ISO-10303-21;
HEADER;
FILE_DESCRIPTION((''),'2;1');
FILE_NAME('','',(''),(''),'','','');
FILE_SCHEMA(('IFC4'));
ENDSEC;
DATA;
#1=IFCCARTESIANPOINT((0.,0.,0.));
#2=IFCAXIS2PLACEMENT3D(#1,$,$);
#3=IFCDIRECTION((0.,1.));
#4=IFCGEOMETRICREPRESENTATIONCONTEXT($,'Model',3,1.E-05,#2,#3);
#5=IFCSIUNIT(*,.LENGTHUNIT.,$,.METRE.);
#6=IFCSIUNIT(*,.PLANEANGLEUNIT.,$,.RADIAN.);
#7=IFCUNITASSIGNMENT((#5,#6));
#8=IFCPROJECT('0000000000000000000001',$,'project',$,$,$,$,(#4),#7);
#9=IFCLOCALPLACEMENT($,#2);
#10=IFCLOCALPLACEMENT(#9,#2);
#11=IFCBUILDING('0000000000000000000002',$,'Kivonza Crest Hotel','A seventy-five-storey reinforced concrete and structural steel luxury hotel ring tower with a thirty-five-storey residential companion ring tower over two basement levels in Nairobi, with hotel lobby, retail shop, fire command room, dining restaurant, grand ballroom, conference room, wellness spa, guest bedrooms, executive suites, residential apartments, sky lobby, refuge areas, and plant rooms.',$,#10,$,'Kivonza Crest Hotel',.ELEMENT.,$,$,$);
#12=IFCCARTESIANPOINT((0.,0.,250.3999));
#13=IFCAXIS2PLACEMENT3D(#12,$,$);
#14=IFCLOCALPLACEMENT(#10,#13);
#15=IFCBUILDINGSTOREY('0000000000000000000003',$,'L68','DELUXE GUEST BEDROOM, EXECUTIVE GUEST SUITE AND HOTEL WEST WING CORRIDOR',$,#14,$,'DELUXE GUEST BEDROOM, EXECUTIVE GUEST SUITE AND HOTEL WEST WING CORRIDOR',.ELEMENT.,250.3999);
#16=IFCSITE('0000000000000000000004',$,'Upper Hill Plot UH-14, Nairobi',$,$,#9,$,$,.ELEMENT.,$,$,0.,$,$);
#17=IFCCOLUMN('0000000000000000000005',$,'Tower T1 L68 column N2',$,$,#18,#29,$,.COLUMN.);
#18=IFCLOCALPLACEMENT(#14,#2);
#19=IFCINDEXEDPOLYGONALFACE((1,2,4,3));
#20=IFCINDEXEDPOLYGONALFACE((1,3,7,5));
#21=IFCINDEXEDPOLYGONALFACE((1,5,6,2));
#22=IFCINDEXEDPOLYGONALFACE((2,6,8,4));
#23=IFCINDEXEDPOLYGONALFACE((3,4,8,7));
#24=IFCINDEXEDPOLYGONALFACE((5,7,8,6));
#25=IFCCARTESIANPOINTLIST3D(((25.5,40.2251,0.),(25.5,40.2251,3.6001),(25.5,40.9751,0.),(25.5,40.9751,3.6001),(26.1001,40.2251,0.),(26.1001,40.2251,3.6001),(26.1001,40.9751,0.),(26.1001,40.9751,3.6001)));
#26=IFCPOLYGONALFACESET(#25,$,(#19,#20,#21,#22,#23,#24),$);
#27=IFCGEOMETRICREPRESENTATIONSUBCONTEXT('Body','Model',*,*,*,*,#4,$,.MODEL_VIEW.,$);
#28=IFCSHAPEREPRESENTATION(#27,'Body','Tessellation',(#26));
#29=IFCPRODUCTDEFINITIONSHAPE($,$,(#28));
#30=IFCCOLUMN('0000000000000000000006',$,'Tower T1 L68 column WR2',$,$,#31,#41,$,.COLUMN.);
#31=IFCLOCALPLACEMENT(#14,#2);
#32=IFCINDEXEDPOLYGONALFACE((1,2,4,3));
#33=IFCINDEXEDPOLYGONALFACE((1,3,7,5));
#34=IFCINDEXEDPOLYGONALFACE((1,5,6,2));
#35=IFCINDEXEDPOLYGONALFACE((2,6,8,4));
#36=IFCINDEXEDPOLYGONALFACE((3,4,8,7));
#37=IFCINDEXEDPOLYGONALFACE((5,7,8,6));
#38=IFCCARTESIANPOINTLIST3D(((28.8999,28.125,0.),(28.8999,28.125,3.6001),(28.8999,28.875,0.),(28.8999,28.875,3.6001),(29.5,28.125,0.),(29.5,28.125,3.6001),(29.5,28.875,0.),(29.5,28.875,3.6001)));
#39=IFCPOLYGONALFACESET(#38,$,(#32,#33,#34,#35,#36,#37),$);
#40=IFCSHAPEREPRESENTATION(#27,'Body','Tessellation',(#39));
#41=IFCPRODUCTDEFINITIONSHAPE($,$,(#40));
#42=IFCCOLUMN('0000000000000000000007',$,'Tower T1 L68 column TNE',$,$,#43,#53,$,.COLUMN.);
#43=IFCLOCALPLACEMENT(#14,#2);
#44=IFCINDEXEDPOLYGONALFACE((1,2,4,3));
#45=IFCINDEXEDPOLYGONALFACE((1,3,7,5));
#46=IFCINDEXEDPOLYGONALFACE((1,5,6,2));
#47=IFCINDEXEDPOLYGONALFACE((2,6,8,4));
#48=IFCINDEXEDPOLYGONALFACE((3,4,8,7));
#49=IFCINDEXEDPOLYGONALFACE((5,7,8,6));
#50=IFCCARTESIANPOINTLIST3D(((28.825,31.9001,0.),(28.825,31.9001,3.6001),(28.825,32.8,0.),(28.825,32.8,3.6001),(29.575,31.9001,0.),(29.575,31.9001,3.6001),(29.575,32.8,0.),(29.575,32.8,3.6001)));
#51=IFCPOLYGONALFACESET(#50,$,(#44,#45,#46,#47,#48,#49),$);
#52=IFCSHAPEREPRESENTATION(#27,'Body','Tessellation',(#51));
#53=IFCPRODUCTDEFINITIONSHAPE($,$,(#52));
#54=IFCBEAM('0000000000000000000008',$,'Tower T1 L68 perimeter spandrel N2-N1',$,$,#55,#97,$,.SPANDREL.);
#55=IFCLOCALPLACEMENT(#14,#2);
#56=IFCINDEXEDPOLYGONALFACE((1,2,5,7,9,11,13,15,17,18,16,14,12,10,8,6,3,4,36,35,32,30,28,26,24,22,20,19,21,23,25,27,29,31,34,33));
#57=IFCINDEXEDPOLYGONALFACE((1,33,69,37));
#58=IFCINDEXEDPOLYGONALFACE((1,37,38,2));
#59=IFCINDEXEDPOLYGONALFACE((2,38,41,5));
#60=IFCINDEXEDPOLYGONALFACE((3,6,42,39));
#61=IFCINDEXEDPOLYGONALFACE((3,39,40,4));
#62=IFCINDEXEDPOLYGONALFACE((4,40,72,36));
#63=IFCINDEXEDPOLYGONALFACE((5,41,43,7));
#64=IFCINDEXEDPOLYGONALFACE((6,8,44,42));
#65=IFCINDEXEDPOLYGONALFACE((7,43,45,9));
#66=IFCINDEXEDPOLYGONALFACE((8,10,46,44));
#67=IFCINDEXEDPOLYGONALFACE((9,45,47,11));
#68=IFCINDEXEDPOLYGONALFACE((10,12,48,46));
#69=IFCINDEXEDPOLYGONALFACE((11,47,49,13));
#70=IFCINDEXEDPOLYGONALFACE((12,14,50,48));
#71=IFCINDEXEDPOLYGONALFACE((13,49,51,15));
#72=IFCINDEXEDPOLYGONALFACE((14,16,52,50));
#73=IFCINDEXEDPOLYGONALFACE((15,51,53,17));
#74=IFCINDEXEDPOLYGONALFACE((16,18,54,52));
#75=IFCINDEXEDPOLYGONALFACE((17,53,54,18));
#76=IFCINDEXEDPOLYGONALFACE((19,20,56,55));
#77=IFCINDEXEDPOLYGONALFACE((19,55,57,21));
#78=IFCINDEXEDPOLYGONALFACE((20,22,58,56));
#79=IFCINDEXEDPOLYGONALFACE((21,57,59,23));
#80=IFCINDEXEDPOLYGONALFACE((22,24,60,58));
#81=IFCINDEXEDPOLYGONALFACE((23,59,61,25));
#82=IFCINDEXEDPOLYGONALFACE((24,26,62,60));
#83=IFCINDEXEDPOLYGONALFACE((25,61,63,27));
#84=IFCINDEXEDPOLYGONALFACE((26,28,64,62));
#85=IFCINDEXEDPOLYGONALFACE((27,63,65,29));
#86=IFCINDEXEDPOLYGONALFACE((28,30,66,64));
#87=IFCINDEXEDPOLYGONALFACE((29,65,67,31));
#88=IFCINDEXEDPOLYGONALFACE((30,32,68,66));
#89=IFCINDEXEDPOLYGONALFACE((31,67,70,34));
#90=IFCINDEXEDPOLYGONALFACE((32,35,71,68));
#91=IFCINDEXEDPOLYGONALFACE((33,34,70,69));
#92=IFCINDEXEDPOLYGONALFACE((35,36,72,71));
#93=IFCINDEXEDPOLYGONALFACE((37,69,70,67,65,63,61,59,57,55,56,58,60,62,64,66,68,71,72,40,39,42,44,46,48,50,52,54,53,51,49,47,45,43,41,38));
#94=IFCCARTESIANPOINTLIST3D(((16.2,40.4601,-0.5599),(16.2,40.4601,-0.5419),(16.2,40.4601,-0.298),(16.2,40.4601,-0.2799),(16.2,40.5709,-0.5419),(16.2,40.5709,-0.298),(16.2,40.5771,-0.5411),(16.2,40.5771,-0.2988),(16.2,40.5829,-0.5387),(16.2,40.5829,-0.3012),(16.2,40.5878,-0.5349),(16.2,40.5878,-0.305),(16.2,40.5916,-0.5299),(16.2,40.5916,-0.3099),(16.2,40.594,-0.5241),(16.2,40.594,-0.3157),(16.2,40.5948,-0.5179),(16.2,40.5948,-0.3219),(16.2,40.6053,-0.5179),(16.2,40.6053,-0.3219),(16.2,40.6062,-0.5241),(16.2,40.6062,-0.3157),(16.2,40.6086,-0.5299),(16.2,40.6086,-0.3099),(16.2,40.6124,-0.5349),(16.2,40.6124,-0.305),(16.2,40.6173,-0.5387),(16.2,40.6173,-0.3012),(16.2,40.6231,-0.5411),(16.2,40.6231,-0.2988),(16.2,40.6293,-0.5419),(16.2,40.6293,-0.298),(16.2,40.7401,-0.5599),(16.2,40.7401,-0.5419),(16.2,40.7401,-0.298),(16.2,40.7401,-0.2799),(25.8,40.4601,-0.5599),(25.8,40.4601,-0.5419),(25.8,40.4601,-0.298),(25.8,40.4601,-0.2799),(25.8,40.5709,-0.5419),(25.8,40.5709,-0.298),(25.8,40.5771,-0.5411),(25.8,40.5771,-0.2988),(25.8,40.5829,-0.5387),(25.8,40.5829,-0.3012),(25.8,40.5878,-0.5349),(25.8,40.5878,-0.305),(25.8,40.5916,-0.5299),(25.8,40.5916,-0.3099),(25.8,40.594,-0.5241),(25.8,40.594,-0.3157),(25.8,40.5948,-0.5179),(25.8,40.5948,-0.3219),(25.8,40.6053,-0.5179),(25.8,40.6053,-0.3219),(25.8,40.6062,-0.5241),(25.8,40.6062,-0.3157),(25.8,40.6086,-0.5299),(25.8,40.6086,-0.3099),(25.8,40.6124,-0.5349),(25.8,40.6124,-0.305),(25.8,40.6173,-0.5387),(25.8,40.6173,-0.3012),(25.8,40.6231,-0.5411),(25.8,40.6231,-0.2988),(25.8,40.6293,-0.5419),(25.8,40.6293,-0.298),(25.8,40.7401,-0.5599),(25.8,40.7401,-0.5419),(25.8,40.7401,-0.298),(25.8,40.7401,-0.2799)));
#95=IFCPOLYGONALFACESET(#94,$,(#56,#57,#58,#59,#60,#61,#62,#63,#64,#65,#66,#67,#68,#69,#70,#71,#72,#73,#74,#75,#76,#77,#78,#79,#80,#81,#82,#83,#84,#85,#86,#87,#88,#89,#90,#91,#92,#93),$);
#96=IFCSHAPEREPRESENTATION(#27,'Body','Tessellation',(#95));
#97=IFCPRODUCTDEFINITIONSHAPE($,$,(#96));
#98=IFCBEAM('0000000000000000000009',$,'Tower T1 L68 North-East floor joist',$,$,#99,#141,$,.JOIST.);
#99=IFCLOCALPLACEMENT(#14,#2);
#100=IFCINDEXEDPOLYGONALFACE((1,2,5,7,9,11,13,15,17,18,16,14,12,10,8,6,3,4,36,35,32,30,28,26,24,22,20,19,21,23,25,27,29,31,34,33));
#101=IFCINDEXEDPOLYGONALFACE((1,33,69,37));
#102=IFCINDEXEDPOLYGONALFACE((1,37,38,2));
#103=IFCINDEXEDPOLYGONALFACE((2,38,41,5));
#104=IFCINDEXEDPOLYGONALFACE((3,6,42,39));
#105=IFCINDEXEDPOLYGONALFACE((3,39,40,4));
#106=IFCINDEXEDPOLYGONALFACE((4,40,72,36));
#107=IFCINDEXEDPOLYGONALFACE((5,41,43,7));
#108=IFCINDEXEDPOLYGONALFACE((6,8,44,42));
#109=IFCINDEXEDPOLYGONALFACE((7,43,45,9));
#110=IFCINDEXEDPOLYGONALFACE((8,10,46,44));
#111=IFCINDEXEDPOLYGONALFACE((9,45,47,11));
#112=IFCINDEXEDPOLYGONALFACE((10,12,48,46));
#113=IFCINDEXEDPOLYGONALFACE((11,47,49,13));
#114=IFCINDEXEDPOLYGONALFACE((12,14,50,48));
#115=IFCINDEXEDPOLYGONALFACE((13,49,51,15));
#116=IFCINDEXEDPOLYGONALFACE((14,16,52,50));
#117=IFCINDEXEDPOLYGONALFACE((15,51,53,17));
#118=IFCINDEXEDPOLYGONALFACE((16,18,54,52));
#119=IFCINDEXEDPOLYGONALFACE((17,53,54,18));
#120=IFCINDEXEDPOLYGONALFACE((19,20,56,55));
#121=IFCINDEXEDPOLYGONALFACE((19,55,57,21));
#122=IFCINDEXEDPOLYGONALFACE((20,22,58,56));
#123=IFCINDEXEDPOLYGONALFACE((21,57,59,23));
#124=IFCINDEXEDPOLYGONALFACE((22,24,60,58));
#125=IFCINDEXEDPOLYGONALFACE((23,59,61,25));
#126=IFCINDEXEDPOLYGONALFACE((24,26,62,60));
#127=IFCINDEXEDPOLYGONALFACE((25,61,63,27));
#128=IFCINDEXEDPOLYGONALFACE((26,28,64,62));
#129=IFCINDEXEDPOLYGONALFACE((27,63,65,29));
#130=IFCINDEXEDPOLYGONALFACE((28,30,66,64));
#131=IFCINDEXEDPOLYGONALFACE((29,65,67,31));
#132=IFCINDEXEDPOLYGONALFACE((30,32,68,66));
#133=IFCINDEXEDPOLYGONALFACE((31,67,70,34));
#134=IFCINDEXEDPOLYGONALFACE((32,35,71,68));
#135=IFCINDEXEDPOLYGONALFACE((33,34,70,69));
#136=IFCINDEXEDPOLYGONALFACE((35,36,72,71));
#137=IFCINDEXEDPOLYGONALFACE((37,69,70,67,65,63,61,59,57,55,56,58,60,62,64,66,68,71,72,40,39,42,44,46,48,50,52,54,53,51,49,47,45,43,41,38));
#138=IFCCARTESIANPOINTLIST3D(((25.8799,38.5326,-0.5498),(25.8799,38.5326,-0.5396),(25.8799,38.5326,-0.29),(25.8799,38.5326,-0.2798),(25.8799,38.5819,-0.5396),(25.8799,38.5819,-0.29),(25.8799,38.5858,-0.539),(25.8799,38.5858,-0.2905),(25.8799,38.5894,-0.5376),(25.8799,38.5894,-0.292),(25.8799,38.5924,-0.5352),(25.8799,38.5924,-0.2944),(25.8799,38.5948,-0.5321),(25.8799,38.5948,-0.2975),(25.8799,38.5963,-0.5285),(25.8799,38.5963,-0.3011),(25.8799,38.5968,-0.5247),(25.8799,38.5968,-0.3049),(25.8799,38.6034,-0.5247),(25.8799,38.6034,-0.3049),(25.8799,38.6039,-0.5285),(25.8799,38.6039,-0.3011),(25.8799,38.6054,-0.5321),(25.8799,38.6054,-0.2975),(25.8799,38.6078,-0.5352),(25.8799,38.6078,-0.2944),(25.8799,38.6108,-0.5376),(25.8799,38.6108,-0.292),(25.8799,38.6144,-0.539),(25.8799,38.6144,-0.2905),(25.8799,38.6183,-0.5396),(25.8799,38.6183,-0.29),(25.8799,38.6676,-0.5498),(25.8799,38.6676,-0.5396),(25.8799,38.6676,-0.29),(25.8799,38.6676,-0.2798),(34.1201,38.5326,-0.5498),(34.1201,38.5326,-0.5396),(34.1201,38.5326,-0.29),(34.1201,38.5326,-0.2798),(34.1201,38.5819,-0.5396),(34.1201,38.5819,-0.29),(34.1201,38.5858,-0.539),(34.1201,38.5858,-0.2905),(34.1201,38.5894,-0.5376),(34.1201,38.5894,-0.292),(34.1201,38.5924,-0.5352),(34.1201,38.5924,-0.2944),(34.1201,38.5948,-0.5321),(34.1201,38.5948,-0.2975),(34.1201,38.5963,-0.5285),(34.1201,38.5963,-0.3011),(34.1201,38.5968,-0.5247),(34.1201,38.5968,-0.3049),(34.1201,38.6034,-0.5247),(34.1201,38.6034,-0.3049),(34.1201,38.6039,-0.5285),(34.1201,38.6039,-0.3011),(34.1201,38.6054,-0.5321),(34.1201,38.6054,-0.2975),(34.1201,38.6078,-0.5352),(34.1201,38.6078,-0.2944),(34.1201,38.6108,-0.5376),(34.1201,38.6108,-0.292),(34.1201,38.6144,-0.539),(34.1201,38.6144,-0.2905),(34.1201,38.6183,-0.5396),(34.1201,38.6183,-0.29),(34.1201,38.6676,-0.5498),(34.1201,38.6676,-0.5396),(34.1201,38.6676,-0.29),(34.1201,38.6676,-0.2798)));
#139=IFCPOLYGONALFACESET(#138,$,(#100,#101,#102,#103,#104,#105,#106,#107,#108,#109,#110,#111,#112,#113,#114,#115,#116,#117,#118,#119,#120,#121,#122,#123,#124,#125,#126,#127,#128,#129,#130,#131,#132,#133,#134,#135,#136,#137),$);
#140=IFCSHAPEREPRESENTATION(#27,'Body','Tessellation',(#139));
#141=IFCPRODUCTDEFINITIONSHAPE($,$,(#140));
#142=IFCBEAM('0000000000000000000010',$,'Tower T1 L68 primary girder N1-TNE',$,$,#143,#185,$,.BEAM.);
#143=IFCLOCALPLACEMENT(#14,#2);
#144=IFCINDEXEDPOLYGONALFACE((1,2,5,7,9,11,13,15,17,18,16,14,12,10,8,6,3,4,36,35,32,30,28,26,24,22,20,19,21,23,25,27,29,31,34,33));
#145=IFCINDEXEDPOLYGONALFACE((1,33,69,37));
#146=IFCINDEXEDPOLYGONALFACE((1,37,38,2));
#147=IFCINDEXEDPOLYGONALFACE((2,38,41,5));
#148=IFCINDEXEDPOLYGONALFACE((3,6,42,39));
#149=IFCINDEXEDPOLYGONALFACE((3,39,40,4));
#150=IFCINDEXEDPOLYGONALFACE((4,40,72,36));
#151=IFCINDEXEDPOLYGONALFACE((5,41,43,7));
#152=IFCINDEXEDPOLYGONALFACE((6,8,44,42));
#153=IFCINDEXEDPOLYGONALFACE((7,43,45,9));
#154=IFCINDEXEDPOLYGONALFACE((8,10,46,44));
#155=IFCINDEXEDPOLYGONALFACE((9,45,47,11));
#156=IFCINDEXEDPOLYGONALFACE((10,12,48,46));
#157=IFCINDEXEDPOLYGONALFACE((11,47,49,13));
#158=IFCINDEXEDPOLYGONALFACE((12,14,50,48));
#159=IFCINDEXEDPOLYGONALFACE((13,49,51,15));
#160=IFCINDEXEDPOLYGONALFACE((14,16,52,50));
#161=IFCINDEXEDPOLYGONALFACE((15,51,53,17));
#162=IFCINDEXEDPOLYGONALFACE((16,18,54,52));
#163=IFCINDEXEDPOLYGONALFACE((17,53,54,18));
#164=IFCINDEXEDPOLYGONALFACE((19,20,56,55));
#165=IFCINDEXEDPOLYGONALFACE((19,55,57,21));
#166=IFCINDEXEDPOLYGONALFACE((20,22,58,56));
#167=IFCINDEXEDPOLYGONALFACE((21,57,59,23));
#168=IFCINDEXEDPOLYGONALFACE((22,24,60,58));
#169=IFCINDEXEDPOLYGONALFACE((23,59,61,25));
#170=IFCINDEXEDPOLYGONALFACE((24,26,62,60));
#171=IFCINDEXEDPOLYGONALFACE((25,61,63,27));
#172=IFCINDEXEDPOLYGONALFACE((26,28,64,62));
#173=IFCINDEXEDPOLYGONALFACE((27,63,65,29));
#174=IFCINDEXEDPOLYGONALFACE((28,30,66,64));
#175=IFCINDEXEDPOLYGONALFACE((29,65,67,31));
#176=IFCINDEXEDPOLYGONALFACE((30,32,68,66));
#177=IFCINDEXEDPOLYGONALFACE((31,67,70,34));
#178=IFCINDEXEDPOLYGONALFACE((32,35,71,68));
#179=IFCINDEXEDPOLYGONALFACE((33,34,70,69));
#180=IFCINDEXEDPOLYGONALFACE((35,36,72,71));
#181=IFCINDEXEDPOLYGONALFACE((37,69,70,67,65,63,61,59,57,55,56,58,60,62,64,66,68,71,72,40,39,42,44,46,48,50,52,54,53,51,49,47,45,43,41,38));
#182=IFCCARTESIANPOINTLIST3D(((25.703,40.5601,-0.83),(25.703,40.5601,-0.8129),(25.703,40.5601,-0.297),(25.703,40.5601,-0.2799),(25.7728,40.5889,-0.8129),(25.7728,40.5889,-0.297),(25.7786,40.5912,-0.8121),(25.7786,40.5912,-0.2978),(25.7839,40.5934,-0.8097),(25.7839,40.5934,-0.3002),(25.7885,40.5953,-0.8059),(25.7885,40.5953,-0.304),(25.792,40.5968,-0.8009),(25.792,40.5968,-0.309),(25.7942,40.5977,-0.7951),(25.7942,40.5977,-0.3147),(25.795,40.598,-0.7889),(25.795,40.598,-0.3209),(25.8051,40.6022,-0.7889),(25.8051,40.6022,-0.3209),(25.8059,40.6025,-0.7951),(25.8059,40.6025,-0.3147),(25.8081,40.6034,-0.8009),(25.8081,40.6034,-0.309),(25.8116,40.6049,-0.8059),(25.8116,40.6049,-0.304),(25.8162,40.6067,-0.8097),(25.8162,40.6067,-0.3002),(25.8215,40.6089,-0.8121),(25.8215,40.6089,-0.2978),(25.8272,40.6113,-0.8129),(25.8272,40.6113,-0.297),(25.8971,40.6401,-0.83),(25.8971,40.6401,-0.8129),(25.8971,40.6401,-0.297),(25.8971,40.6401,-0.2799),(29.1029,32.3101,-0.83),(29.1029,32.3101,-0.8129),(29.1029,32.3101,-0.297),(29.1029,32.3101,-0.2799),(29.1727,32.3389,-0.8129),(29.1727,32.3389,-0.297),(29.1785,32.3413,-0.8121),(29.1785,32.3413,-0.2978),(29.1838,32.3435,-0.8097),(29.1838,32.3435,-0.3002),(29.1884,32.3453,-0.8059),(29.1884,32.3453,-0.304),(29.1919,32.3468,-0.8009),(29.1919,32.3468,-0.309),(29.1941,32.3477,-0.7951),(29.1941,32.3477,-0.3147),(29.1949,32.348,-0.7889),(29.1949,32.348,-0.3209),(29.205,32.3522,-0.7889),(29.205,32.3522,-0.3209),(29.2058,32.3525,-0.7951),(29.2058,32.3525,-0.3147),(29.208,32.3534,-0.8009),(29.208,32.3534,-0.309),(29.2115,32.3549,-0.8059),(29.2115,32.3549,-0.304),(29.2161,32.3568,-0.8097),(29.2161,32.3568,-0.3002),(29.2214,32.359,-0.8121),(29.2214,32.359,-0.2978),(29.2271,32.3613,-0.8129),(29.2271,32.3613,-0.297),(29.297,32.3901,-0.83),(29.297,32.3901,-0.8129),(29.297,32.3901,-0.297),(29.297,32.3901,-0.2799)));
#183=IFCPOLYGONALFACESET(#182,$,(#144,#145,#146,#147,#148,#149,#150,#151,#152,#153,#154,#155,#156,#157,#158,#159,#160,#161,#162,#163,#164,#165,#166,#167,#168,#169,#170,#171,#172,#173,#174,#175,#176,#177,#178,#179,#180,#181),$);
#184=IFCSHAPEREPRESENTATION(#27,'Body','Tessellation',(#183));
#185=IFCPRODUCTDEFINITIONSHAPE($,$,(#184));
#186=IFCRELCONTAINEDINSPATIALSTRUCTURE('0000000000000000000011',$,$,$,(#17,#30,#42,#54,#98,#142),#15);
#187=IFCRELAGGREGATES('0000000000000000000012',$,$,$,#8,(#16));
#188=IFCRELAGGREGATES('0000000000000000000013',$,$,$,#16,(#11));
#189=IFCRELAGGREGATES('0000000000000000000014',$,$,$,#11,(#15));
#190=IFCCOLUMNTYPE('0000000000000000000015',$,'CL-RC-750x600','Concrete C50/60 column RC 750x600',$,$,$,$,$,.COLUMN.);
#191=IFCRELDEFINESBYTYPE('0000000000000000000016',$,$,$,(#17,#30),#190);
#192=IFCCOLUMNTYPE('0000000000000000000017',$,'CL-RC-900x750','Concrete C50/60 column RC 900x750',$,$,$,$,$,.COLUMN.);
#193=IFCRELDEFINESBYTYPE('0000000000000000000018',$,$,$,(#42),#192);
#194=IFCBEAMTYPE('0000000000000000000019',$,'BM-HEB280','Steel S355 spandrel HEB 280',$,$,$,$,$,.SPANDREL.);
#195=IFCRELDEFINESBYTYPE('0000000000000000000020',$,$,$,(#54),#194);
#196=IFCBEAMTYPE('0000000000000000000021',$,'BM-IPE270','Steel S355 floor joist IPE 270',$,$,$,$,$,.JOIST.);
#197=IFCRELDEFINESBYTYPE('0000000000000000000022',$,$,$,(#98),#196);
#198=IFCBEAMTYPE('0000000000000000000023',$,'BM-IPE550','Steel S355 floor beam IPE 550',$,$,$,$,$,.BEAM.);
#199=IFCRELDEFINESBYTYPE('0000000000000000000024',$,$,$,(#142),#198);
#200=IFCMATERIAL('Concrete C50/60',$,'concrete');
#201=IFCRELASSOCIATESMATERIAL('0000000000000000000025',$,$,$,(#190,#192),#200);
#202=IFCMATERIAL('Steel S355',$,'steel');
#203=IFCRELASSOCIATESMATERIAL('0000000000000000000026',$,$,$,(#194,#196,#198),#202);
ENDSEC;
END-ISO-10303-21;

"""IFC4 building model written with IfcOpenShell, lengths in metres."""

from ifc_helpers import new_model, si_unit, direction, frame, origin, origin_2d, place, context, subcontext, project, spatial, rectangle, i_section, extrude, material, material_profile, profile_set, type_object, element, save


model = new_model("IFC4")

# Units and contexts
model_context = context("Model", 3, precision=1e-05, world=origin(), true_north=direction((0.0, 1.0)))
body_context = subcontext(model_context, "Body", "Model", "MODEL_VIEW")
ifc_project = project(units=[si_unit("LENGTHUNIT", "METRE"), si_unit("PLANEANGLEUNIT", "RADIAN")], contexts=[model_context])

# Site, building, storey
site_placement = place(None, origin())
site = spatial("IfcSite", under=ifc_project, at=site_placement, Name="Upper Hill Plot UH-14, Nairobi", CompositionType="ELEMENT", RefElevation=0.0)
building_placement = place(site_placement, origin())
building = spatial("IfcBuilding", under=site, at=building_placement, Name="Kivonza Crest Hotel", Description="A seventy-five-storey reinforced concrete and structural steel luxury hotel ring tower with a thirty-five-storey residential companion ring tower over two basement levels in Nairobi, with hotel lobby, retail shop, fire command room, dining restaurant, grand ballroom, conference room, wellness spa, guest bedrooms, executive suites, residential apartments, sky lobby, refuge areas, and plant rooms.", LongName="Kivonza Crest Hotel", CompositionType="ELEMENT")
storey_placement = place(building_placement, frame((0.0, 0.0, 250.3999)))
storey = spatial("IfcBuildingStorey", under=building, at=storey_placement, Name="L68", Description="DELUXE GUEST BEDROOM, EXECUTIVE GUEST SUITE AND HOTEL WEST WING CORRIDOR", LongName="DELUXE GUEST BEDROOM, EXECUTIVE GUEST SUITE AND HOTEL WEST WING CORRIDOR", CompositionType="ELEMENT", Elevation=250.3999)

# Columns
ifc_material_1 = material(Name="Concrete C50/60", Category="concrete")
ifc_material_profile_1 = material_profile(ifc_material_1, rectangle(XDim=0.6001, YDim=0.75, at=origin_2d()), Name="RC 750x600")
ifc_profile_set_1 = profile_set([ifc_material_profile_1], Name="Concrete C50/60")
column_type_1 = type_object("IfcColumnType", Name="CL-RC-750x600", Description="Concrete C50/60 column RC 750x600", PredefinedType="COLUMN", material=ifc_profile_set_1)
for number, where, z_axis, x_axis, name in (
    (1, (25.8, 40.6001, 0.0), (0.0, 0.0, 1.0), (1.0, 0.0, 0.0), "Tower T1 L68 column N2"),
    (2, (29.2, 28.5, 0.0), (0.0, 0.0, 1.0), (1.0, 0.0, 0.0), "Tower T1 L68 column WR2"),
):
    element("IfcColumn", number, at=place(storey_placement, frame(where, z_axis=z_axis, x_axis=x_axis)), inside=storey, type_object=column_type_1, Name=name, PredefinedType="COLUMN", context=body_context, shape_type="SweptSolid", body=[
        extrude(rectangle(XDim=0.6001, YDim=0.75, at=origin_2d()), origin(), (0.0, 0.0, 1.0), 3.6001),
    ])
ifc_material_profile_2 = material_profile(ifc_material_1, rectangle(XDim=0.75, YDim=0.8999, at=origin_2d()), Name="RC 900x750")
ifc_profile_set_2 = profile_set([ifc_material_profile_2], Name="Concrete C50/60")
column_type_2 = type_object("IfcColumnType", Name="CL-RC-900x750", Description="Concrete C50/60 column RC 900x750", PredefinedType="COLUMN", material=ifc_profile_set_2)
column_placement = place(storey_placement, frame((29.2, 32.3501, 0.0), z_axis=(0.0, 0.0, 1.0), x_axis=(1.0, 0.0, 0.0)))
element("IfcColumn", 3, at=column_placement, inside=storey, type_object=column_type_2, Name="Tower T1 L68 column TNE", PredefinedType="COLUMN", context=body_context, shape_type="SweptSolid", body=[
    extrude(rectangle(XDim=0.75, YDim=0.8999, at=origin_2d()), origin(), (0.0, 0.0, 1.0), 3.6001),
])

# Beams
ifc_material_2 = material(Name="Steel S355", Category="steel")
ifc_material_profile_3 = material_profile(ifc_material_2, i_section(OverallWidth=0.28, OverallDepth=0.28, WebThickness=0.0105, FlangeThickness=0.0181, FilletRadius=0.0239, at=origin_2d()), Name="HEB 280")
ifc_profile_set_3 = profile_set([ifc_material_profile_3], Name="Steel S355")
beam_type_1 = type_object("IfcBeamType", Name="BM-HEB280", Description="Steel S355 spandrel HEB 280", PredefinedType="SPANDREL", material=ifc_profile_set_3)
beam_1_placement = place(storey_placement, frame((25.8, 40.6001, -0.4199), z_axis=(-1.0, 0.0, 0.0), x_axis=(0.0, -1.0, 0.0)))
element("IfcBeam", 4, at=beam_1_placement, inside=storey, type_object=beam_type_1, Name="Tower T1 L68 perimeter spandrel N2-N1", PredefinedType="SPANDREL", context=body_context, shape_type="SweptSolid", body=[
    extrude(i_section(OverallWidth=0.28, OverallDepth=0.28, WebThickness=0.0105, FlangeThickness=0.0181, FilletRadius=0.0239, at=origin_2d()), origin(), (0.0, 0.0, 1.0), 9.6001),
])
ifc_material_profile_4 = material_profile(ifc_material_2, i_section(OverallWidth=0.135, OverallDepth=0.27, WebThickness=0.0066, FlangeThickness=0.0103, FilletRadius=0.0149, at=origin_2d()), Name="IPE 270")
ifc_profile_set_4 = profile_set([ifc_material_profile_4], Name="Steel S355")
beam_type_2 = type_object("IfcBeamType", Name="BM-IPE270", Description="Steel S355 floor joist IPE 270", PredefinedType="JOIST", material=ifc_profile_set_4)
beam_2_placement = place(storey_placement, frame((25.8799, 38.6001, -0.4148), z_axis=(1.0, 0.0, 0.0), x_axis=(0.0, 1.0, 0.0)))
element("IfcBeam", 5, at=beam_2_placement, inside=storey, type_object=beam_type_2, Name="Tower T1 L68 North-East floor joist", PredefinedType="JOIST", context=body_context, shape_type="SweptSolid", body=[
    extrude(i_section(OverallWidth=0.135, OverallDepth=0.27, WebThickness=0.0066, FlangeThickness=0.0103, FilletRadius=0.0149, at=origin_2d()), origin(), (0.0, 0.0, 1.0), 8.2402),
])
ifc_material_profile_5 = material_profile(ifc_material_2, i_section(OverallWidth=0.21, OverallDepth=0.55, WebThickness=0.011, FlangeThickness=0.0171, FilletRadius=0.0239, at=origin_2d()), Name="IPE 550")
ifc_profile_set_5 = profile_set([ifc_material_profile_5], Name="Steel S355")
beam_type_3 = type_object("IfcBeamType", Name="BM-IPE550", Description="Steel S355 floor beam IPE 550", PredefinedType="BEAM", material=ifc_profile_set_5)
beam_3_placement = place(storey_placement, frame((25.8, 40.6001, -0.5549), z_axis=(0.381022, -0.924566, 0.0), x_axis=(0.924566, 0.381022, 0.0)))
element("IfcBeam", 6, at=beam_3_placement, inside=storey, type_object=beam_type_3, Name="Tower T1 L68 primary girder N1-TNE", PredefinedType="BEAM", context=body_context, shape_type="SweptSolid", body=[
    extrude(i_section(OverallWidth=0.21, OverallDepth=0.55, WebThickness=0.011, FlangeThickness=0.0171, FilletRadius=0.0239, at=origin_2d()), origin(), (0.0, 0.0, 1.0), 8.9231),
])

save(model, "model.ifc")
